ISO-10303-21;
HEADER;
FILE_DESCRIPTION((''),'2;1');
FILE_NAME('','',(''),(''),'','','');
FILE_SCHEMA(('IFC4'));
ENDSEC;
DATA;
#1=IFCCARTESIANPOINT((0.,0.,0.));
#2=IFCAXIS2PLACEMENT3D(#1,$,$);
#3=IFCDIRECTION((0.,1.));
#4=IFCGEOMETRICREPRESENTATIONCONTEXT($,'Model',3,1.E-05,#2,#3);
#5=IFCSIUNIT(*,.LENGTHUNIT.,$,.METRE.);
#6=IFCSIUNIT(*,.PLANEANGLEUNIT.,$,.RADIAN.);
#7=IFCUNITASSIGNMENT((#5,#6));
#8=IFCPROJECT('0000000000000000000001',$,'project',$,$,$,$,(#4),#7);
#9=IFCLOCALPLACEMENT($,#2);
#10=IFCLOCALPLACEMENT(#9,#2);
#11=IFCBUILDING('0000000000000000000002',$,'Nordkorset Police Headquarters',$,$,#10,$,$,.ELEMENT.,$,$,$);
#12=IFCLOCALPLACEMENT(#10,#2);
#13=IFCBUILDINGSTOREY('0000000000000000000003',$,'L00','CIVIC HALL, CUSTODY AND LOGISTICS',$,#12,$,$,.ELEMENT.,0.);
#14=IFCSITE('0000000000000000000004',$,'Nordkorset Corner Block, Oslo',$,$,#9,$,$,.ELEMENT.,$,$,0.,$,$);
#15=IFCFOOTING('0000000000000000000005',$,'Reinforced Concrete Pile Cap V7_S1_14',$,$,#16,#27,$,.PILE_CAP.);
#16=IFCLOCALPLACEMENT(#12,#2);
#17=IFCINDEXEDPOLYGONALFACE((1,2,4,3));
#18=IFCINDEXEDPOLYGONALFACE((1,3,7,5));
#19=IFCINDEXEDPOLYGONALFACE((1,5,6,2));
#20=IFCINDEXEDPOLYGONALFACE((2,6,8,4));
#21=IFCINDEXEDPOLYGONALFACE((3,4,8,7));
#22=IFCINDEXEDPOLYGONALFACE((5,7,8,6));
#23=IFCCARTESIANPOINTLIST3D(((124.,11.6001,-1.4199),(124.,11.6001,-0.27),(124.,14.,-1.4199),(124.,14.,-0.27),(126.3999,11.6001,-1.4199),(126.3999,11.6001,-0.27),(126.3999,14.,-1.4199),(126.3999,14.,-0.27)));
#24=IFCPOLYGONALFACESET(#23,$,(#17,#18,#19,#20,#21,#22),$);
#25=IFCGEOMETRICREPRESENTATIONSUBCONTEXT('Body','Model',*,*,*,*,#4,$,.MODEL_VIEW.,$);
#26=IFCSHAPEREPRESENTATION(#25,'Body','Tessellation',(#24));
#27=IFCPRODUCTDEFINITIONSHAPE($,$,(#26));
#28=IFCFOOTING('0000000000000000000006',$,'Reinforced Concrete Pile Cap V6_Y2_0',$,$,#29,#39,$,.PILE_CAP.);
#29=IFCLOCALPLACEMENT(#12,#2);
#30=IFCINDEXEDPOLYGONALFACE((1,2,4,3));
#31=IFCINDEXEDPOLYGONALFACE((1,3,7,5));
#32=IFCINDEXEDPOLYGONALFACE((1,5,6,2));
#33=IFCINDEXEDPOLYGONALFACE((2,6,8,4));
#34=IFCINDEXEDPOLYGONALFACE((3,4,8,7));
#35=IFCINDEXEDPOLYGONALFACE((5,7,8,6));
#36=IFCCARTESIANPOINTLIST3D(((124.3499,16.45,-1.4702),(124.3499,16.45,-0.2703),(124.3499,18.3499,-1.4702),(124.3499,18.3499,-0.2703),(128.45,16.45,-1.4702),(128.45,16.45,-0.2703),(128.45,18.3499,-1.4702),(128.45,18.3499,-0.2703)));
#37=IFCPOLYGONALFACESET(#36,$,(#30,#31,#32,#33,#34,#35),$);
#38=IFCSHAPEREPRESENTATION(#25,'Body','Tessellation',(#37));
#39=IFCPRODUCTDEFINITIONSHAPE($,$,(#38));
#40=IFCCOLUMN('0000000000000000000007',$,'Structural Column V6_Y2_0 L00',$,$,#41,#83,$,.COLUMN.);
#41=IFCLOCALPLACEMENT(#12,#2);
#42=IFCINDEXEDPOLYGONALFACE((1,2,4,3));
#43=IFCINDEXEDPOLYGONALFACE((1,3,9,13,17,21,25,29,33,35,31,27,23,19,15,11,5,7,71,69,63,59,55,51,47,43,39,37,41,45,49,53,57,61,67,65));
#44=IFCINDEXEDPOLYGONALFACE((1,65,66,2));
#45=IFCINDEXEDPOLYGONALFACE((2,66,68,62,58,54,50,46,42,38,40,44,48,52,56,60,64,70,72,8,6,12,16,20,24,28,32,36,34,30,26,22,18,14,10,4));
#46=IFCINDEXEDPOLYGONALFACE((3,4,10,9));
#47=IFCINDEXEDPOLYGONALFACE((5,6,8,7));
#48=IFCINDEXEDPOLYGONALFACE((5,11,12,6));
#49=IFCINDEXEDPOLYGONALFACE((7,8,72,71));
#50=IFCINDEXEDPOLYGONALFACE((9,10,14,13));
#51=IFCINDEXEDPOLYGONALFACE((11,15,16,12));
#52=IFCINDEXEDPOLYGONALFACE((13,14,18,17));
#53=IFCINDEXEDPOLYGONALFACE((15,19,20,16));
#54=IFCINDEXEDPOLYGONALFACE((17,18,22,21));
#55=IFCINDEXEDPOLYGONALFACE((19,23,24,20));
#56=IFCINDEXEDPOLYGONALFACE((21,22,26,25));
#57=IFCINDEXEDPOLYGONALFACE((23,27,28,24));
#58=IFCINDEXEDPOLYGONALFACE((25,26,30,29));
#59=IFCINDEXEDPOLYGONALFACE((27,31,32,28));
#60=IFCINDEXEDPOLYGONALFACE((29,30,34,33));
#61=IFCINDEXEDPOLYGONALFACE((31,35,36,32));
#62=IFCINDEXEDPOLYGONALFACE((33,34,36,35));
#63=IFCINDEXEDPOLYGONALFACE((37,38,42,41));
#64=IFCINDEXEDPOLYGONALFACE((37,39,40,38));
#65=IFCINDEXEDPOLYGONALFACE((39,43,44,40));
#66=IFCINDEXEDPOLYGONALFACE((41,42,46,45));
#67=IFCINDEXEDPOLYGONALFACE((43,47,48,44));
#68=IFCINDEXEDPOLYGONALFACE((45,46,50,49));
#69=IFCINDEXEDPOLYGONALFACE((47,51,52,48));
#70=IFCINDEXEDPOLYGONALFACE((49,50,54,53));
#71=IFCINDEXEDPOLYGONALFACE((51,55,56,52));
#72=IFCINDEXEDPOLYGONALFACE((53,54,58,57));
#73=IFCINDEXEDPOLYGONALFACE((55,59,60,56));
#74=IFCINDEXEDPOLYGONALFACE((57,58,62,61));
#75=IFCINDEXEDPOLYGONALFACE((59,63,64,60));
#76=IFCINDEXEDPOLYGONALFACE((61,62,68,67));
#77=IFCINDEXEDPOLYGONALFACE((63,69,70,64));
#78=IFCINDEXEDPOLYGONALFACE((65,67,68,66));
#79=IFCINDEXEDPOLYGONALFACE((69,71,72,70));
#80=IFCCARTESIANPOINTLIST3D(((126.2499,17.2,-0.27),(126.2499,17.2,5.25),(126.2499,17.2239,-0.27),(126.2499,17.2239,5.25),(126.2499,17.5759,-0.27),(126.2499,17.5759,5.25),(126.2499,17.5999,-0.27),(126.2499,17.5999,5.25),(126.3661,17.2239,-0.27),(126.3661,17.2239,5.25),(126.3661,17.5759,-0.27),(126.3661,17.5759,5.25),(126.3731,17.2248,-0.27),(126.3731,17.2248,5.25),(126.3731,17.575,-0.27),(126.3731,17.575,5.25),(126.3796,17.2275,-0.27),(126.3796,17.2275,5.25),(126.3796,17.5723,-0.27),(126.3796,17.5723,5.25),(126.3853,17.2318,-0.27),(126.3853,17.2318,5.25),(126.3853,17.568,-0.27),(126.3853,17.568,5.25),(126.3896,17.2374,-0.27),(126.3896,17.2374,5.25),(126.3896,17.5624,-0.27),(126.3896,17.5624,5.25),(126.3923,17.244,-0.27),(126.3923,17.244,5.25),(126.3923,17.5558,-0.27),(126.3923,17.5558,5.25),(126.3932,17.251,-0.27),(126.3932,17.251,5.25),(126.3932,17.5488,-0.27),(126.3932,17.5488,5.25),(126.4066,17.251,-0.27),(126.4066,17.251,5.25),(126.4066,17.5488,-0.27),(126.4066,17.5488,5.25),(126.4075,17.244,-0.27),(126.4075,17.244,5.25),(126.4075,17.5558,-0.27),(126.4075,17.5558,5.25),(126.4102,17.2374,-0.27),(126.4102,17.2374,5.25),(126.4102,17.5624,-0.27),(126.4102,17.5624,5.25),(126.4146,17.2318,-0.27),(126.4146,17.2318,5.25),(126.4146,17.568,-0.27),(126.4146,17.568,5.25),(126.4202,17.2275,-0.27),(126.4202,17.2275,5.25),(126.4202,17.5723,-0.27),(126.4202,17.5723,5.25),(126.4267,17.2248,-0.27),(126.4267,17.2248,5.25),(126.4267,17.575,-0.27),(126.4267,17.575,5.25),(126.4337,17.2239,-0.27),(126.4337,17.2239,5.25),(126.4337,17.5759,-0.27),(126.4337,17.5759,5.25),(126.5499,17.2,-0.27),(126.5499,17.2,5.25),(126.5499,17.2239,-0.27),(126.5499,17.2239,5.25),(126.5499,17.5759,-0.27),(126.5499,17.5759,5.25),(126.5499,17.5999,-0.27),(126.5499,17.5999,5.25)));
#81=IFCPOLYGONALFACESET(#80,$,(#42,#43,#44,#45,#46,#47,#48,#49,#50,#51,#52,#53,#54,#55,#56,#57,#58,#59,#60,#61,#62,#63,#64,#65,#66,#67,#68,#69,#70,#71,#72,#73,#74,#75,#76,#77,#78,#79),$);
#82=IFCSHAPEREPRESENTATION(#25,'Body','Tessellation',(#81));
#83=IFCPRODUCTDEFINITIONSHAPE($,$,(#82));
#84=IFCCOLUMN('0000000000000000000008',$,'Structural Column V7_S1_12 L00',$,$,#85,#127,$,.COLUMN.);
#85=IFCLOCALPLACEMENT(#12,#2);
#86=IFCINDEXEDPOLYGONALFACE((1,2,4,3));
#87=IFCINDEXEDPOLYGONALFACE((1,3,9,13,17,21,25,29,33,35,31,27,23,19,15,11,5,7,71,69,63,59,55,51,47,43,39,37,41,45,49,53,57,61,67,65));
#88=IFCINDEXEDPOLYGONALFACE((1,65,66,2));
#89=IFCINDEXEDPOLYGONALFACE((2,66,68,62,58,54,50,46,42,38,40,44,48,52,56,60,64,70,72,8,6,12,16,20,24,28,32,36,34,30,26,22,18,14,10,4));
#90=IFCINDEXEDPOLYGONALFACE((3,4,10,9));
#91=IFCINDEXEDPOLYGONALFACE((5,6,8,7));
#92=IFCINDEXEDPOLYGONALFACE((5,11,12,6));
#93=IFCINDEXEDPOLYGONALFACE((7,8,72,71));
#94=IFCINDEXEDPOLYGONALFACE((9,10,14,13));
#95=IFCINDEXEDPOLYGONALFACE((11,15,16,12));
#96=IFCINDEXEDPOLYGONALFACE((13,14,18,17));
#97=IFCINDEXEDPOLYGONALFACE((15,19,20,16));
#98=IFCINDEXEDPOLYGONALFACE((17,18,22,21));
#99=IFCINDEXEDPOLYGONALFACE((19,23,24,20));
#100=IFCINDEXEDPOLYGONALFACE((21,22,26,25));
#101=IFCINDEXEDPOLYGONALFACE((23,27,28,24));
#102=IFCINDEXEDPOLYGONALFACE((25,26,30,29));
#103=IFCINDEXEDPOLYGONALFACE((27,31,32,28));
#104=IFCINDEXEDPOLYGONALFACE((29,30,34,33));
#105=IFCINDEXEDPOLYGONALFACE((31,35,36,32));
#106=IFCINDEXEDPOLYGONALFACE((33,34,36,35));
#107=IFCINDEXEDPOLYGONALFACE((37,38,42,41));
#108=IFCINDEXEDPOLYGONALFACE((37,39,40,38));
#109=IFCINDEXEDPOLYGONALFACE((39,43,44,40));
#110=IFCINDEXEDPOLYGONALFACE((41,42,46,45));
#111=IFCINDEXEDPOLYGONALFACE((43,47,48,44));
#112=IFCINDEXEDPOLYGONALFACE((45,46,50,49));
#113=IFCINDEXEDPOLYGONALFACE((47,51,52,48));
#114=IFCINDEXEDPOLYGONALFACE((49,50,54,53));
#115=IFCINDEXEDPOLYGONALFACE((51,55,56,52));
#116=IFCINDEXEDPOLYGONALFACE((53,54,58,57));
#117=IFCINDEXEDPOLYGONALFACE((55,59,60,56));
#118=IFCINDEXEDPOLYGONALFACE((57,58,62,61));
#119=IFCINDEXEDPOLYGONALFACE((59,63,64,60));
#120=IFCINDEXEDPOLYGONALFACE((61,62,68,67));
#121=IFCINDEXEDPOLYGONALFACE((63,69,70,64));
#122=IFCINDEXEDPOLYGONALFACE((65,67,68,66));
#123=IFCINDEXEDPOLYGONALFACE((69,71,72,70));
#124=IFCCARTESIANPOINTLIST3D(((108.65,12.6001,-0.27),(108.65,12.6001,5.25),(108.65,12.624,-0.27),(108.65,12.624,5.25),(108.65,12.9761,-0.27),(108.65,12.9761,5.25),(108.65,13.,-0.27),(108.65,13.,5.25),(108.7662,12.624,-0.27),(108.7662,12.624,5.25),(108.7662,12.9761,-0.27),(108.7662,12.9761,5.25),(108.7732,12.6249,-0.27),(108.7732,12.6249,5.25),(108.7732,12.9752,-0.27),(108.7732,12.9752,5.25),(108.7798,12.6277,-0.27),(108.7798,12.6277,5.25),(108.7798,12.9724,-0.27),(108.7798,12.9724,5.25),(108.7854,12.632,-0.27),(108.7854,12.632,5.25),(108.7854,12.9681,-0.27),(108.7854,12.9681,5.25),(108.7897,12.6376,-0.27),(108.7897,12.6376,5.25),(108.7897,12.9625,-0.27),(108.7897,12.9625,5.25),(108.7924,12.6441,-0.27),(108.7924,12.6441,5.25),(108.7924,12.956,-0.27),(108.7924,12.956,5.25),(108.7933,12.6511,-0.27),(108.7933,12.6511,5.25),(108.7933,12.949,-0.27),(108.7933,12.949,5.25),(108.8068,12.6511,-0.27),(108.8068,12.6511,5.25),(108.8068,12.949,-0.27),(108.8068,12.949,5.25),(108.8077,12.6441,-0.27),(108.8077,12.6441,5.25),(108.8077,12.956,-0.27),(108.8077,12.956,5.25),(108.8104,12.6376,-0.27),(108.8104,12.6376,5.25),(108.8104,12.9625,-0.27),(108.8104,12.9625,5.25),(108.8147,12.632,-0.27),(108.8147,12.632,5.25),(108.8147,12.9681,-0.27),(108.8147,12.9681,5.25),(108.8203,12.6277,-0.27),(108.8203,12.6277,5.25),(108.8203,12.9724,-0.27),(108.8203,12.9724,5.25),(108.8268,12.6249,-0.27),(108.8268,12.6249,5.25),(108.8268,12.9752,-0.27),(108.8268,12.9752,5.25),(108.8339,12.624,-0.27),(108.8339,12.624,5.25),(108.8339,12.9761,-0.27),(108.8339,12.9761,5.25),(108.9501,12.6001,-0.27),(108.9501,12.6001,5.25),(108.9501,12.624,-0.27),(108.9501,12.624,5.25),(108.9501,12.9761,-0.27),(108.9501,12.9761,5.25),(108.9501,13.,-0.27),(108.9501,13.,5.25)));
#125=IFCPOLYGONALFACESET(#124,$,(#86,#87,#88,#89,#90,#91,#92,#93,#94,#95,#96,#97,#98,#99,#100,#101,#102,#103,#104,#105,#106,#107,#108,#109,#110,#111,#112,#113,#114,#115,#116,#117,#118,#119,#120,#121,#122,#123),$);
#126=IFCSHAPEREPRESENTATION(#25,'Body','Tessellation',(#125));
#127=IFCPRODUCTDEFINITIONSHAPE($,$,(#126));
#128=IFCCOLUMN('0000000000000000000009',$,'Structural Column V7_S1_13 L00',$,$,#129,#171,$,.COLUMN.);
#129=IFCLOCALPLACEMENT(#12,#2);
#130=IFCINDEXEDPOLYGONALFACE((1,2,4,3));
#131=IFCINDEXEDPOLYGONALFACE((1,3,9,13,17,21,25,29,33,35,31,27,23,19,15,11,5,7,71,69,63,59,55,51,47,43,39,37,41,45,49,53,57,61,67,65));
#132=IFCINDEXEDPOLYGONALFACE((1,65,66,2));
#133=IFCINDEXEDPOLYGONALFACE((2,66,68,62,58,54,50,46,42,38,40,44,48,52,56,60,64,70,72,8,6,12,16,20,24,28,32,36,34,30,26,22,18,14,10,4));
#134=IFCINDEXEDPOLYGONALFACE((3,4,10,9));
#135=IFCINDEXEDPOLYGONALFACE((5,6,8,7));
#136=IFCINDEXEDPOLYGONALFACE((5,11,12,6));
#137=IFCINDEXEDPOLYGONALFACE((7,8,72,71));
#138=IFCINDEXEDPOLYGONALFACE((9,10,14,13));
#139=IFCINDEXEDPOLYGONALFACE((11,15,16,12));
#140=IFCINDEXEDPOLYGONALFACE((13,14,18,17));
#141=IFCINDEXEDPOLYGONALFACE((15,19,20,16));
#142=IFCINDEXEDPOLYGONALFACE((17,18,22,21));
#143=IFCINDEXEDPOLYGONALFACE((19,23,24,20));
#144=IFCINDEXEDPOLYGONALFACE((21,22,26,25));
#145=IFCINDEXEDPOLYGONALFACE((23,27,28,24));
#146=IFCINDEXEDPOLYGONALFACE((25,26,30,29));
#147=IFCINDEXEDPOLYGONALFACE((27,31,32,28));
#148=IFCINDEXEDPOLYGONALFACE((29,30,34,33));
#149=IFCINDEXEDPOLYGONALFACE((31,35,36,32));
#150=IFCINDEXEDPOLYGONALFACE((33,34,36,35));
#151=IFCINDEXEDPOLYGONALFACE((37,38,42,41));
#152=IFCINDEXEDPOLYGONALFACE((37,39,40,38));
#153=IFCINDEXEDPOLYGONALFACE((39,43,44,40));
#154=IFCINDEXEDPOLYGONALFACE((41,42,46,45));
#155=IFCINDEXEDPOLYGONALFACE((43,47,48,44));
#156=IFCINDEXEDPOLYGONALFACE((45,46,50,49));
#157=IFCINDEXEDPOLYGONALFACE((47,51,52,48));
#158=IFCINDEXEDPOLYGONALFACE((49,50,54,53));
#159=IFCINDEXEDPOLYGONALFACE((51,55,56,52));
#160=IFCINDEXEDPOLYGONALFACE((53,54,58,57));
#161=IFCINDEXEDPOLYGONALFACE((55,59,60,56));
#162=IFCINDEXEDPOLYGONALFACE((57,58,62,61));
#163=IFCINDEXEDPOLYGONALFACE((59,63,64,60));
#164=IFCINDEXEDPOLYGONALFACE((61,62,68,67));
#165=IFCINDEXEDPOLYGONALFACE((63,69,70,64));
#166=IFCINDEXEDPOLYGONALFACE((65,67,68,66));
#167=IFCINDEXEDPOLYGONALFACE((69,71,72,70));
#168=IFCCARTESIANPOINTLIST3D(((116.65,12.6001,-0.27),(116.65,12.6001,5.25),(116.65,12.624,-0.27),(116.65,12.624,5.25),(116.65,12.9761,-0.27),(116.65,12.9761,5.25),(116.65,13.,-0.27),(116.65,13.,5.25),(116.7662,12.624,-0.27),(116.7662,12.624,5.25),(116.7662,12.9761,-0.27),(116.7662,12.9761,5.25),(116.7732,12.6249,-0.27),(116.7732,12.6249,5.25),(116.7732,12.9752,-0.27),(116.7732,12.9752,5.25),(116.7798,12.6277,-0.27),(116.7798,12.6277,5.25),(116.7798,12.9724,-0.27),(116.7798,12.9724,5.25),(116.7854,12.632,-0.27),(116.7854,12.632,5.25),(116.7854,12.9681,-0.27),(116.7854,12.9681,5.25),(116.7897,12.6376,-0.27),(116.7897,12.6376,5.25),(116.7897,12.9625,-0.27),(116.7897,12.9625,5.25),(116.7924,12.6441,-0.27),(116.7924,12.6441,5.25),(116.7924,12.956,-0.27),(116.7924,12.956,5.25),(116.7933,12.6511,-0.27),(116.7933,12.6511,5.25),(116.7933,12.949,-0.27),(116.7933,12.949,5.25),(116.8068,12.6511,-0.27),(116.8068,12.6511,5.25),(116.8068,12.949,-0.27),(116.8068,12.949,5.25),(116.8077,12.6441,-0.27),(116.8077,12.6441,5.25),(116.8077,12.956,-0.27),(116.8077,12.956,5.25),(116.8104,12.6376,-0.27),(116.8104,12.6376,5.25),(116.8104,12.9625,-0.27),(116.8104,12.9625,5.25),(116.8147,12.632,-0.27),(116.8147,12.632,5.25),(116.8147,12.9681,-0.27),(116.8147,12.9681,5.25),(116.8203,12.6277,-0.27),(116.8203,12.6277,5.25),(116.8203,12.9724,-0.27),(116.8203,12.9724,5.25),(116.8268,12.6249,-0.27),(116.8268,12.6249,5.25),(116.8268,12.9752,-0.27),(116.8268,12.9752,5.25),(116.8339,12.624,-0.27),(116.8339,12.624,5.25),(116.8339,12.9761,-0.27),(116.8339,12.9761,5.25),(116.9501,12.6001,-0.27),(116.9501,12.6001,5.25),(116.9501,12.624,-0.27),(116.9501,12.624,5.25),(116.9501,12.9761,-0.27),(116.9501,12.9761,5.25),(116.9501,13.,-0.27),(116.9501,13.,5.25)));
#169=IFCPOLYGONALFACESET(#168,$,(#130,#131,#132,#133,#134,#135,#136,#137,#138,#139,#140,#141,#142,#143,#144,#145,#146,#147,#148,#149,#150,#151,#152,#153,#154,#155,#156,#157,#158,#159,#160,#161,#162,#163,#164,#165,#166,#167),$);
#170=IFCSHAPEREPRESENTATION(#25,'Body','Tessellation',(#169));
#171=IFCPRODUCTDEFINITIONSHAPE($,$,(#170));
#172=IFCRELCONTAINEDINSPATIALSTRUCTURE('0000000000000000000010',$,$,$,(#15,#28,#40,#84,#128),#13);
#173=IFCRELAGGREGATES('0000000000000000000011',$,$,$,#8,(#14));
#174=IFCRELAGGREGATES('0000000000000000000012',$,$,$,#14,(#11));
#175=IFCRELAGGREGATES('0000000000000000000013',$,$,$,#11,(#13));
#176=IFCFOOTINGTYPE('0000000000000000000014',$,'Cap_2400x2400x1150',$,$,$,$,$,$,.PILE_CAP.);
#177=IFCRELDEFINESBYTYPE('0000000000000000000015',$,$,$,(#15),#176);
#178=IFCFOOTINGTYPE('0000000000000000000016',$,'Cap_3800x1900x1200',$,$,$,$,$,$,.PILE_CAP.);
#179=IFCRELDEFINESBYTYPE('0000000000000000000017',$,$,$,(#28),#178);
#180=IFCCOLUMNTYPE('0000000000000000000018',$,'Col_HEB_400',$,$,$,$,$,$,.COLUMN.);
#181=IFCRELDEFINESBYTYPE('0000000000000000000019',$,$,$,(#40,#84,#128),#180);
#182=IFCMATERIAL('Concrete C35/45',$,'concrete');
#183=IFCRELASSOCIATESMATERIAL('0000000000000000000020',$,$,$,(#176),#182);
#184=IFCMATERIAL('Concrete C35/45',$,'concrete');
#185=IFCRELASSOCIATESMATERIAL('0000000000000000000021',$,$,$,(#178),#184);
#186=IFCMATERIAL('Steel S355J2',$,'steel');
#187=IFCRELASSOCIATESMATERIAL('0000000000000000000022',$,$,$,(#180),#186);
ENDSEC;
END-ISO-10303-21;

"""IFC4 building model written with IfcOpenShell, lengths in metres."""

from ifc_helpers import new_model, si_unit, direction, frame, origin, origin_2d, place, context, subcontext, project, spatial, rectangle, i_section, extrude, material, material_profile, profile_set, type_object, element, save


model = new_model("IFC4")

# Units and contexts
model_context = context("Model", 3, precision=1e-05, world=origin(), true_north=direction((0.0, 1.0)))
body_context = subcontext(model_context, "Body", "Model", "MODEL_VIEW")
ifc_project = project(units=[si_unit("LENGTHUNIT", "METRE"), si_unit("PLANEANGLEUNIT", "RADIAN")], contexts=[model_context])

# Site, building, storey
site_placement = place(None, origin())
site = spatial("IfcSite", under=ifc_project, at=site_placement, Name="Nordkorset Corner Block, Oslo", CompositionType="ELEMENT", RefElevation=0.0)
building_placement = place(site_placement, origin())
building = spatial("IfcBuilding", under=site, at=building_placement, Name="Nordkorset Police Headquarters", CompositionType="ELEMENT")
storey_placement = place(building_placement, origin())
storey = spatial("IfcBuildingStorey", under=building, at=storey_placement, Name="L00", Description="CIVIC HALL, CUSTODY AND LOGISTICS", CompositionType="ELEMENT", Elevation=0.0)

# Footings
ifc_material_1 = material(Name="Concrete C35/45", Category="concrete")
footing_type_1 = type_object("IfcFootingType", Name="Cap_2400x2400x1150", PredefinedType="PILE_CAP", material=ifc_material_1)
for number, where, z_axis, x_axis, name in (
    (1, (125.2, 12.8, -1.4199), (0.0, 0.0, 1.0), (1.0, 0.0, 0.0), "Reinforced Concrete Pile Cap V7_S1_14"),
):
    element("IfcFooting", number, at=place(storey_placement, frame(where, z_axis=z_axis, x_axis=x_axis)), inside=storey, type_object=footing_type_1, Name=name, PredefinedType="PILE_CAP", context=body_context, shape_type="SweptSolid", body=[
        extrude(rectangle(XDim=2.3999, YDim=2.3999, at=origin_2d()), origin(), (0.0, 0.0, 1.0), 1.1499),
    ])
ifc_material_2 = material(Name="Concrete C35/45", Category="concrete")
footing_type_2 = type_object("IfcFootingType", Name="Cap_3800x1900x1200", PredefinedType="PILE_CAP", material=ifc_material_2)
footing_placement = place(storey_placement, frame((126.3999, 17.3999, -1.4702), z_axis=(0.0, 0.0, 1.0), x_axis=(1.0, 0.0, 0.0)))
element("IfcFooting", 2, at=footing_placement, inside=storey, type_object=footing_type_2, Name="Reinforced Concrete Pile Cap V6_Y2_0", PredefinedType="PILE_CAP", context=body_context, shape_type="SweptSolid", body=[
    extrude(rectangle(XDim=4.1001, YDim=1.8999, at=origin_2d()), origin(), (0.0, 0.0, 1.0), 1.2),
])

# Columns
ifc_material_3 = material(Name="Steel S355J2", Category="steel")
ifc_material_profile_1 = material_profile(ifc_material_3, i_section(OverallWidth=0.3, OverallDepth=0.3999, WebThickness=0.0134, FlangeThickness=0.0239, FilletRadius=0.0271, at=origin_2d()), Name="HEB 400")
ifc_profile_set_1 = profile_set([ifc_material_profile_1], Name="Steel S355J2")
column_type = type_object("IfcColumnType", Name="Col_HEB_400", PredefinedType="COLUMN", material=ifc_profile_set_1)
for number, where, z_axis, x_axis, name in (
    (3, (126.3999, 17.3999, -0.27), (0.0, 0.0, 1.0), (1.0, 0.0, 0.0), "Structural Column V6_Y2_0 L00"),
    (4, (108.8, 12.8, -0.27), (0.0, 0.0, 1.0), (1.0, 0.0, 0.0), "Structural Column V7_S1_12 L00"),
    (5, (116.8, 12.8, -0.27), (0.0, 0.0, 1.0), (1.0, 0.0, 0.0), "Structural Column V7_S1_13 L00"),
):
    element("IfcColumn", number, at=place(storey_placement, frame(where, z_axis=z_axis, x_axis=x_axis)), inside=storey, type_object=column_type, Name=name, PredefinedType="COLUMN", context=body_context, shape_type="SweptSolid", body=[
        extrude(i_section(OverallWidth=0.3, OverallDepth=0.3999, WebThickness=0.0134, FlangeThickness=0.0239, FilletRadius=0.0271, at=origin_2d()), origin(), (0.0, 0.0, 1.0), 5.52),
    ])

save(model, "model.ifc")
